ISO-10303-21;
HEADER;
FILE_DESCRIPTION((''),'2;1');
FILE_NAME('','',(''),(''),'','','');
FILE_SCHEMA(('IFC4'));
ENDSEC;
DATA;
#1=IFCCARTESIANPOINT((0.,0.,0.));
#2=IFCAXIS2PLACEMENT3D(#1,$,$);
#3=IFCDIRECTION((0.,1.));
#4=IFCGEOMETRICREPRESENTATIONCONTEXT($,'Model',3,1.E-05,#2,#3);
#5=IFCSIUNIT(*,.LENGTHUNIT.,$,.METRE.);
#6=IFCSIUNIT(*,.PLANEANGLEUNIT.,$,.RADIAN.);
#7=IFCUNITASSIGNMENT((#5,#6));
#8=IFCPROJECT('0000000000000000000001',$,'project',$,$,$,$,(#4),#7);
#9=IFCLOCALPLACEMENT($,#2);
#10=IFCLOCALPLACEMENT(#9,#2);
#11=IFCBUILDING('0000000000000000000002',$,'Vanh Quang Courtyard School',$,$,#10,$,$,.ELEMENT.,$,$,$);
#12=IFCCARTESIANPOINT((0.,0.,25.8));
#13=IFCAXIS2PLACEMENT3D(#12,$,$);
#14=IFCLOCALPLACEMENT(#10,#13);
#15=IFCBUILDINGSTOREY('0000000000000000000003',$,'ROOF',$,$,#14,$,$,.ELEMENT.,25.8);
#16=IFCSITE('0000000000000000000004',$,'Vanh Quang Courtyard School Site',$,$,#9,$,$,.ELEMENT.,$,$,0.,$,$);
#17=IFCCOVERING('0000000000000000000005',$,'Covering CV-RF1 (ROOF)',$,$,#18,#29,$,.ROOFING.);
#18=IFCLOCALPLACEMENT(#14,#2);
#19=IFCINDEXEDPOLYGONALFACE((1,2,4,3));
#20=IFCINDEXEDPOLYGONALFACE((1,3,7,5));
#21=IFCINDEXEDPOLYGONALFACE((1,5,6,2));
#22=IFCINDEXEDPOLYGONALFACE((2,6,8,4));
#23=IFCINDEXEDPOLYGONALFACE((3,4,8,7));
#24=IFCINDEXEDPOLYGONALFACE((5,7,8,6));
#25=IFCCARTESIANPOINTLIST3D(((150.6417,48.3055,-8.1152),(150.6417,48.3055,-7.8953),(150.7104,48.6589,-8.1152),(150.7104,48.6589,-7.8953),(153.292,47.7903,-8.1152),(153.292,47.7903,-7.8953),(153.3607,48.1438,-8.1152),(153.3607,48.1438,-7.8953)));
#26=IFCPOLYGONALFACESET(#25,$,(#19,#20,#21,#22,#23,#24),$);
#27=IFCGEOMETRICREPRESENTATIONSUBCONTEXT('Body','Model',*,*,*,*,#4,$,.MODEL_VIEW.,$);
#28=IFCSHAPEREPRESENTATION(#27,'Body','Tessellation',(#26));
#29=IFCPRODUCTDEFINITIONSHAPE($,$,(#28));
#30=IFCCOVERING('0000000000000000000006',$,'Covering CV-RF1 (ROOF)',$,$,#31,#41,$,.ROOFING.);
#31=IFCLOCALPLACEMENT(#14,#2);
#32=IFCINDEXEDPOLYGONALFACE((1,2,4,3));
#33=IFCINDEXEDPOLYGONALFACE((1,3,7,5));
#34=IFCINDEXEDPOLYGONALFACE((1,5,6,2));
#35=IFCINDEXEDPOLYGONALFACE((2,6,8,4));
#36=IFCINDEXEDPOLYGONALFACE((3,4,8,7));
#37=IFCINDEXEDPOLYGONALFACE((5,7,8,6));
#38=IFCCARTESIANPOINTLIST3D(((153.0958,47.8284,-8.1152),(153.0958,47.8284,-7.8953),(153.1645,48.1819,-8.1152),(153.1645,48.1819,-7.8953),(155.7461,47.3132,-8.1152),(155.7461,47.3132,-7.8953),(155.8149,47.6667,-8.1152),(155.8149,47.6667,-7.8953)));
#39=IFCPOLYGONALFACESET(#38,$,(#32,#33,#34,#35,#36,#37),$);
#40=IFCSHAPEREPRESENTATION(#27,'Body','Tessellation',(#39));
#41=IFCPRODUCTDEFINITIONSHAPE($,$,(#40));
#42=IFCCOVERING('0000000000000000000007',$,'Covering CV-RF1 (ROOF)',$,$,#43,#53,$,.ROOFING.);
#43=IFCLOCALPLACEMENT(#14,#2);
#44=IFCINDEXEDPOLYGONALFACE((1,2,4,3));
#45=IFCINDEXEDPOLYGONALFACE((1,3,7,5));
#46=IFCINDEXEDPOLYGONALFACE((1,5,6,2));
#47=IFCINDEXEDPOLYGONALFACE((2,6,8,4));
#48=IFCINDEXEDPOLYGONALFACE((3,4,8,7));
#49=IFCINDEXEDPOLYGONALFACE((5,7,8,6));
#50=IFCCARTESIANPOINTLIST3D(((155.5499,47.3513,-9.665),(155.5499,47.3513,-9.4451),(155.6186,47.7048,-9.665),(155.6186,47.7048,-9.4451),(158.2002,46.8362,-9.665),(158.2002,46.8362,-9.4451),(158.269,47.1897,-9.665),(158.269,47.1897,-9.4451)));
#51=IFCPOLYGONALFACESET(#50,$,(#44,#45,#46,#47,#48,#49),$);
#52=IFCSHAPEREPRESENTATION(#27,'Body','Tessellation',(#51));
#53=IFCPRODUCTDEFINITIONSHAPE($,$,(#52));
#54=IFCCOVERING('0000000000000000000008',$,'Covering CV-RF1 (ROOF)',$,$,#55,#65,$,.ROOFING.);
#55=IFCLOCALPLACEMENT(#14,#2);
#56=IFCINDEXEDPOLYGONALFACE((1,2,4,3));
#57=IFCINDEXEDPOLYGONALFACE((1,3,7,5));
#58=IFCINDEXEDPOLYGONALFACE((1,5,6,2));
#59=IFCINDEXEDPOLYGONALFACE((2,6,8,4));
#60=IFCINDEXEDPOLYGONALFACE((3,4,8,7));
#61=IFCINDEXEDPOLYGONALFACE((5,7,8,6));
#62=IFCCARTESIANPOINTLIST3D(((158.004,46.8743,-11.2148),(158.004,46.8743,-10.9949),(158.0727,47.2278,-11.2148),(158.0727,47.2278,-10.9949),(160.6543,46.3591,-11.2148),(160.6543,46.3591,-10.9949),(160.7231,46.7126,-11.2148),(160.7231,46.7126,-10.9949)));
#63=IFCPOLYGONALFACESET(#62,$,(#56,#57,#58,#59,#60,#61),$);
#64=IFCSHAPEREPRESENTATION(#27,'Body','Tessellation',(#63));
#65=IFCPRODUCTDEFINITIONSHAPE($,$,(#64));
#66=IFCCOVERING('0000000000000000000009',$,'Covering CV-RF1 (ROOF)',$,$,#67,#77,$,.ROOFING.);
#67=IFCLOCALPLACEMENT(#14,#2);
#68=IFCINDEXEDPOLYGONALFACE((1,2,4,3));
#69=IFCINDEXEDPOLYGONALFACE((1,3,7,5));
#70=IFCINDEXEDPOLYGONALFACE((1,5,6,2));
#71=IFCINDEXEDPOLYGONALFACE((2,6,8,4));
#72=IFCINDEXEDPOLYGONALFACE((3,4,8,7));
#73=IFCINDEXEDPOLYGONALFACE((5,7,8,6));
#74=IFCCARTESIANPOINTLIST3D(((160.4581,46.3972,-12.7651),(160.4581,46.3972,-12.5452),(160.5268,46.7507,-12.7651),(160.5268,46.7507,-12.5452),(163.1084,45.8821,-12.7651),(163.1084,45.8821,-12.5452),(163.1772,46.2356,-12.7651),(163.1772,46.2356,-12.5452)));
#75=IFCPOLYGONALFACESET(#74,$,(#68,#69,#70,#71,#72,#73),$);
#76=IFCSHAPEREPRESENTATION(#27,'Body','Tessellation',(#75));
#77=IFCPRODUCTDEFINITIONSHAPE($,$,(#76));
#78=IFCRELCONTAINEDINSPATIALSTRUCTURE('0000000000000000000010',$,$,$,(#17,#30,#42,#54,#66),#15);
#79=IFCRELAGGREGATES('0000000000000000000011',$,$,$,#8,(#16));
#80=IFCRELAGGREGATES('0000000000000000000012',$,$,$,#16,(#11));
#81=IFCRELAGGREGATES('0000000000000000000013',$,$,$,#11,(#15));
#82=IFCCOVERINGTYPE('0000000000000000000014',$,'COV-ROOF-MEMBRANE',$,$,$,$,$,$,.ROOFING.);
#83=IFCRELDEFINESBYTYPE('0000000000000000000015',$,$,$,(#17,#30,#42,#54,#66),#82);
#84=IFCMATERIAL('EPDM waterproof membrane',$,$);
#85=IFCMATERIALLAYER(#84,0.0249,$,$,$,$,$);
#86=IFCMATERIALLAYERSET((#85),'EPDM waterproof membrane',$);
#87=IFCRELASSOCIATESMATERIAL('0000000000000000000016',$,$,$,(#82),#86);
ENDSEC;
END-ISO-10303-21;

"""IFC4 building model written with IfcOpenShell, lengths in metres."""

from ifc_helpers import new_model, si_unit, direction, frame, origin, origin_2d, place, context, subcontext, project, spatial, rectangle, extrude, material, layer, layer_set, type_object, element, save


model = new_model("IFC4")

# Units and contexts
model_context = context("Model", 3, precision=1e-05, world=origin(), true_north=direction((0.0, 1.0)))
body_context = subcontext(model_context, "Body", "Model", "MODEL_VIEW")
ifc_project = project(units=[si_unit("LENGTHUNIT", "METRE"), si_unit("PLANEANGLEUNIT", "RADIAN")], contexts=[model_context])

# Site, building, storey
site_placement = place(None, origin())
site = spatial("IfcSite", under=ifc_project, at=site_placement, Name="Vanh Quang Courtyard School Site", CompositionType="ELEMENT", RefElevation=0.0)
building_placement = place(site_placement, origin())
building = spatial("IfcBuilding", under=site, at=building_placement, Name="Vanh Quang Courtyard School", CompositionType="ELEMENT")
storey_placement = place(building_placement, frame((0.0, 0.0, 25.8)))
storey = spatial("IfcBuildingStorey", under=building, at=storey_placement, Name="ROOF", CompositionType="ELEMENT", Elevation=25.8)

# Coverings
ifc_material_1 = material(Name="EPDM waterproof membrane")
ifc_layer_1 = layer(ifc_material_1, 0.0249)
ifc_layer_set_1 = layer_set([ifc_layer_1], Name="EPDM waterproof membrane")
covering_type = type_object("IfcCoveringType", Name="COV-ROOF-MEMBRANE", PredefinedType="ROOFING", material=ifc_layer_set_1)
for number, where, z_axis, x_axis, name in (
    (1, (152.0012, 48.2246, -8.1152), (0.0, 0.0, 1.0), (0.981627, -0.190809, 0.0), "Covering CV-RF1 (ROOF)"),
    (2, (154.4553, 47.7476, -8.1152), (0.0, 0.0, 1.0), (0.981627, -0.190809, 0.0), "Covering CV-RF1 (ROOF)"),
    (3, (156.9094, 47.2705, -9.665), (0.0, 0.0, 1.0), (0.981627, -0.190809, 0.0), "Covering CV-RF1 (ROOF)"),
    (4, (159.3635, 46.7935, -11.2148), (0.0, 0.0, 1.0), (0.981627, -0.190809, 0.0), "Covering CV-RF1 (ROOF)"),
    (5, (161.8176, 46.3164, -12.7651), (0.0, 0.0, 1.0), (0.981627, -0.190809, 0.0), "Covering CV-RF1 (ROOF)"),
):
    element("IfcCovering", number, at=place(storey_placement, frame(where, z_axis=z_axis, x_axis=x_axis)), inside=storey, type_object=covering_type, Name=name, PredefinedType="ROOFING", context=body_context, shape_type="SweptSolid", body=[
        extrude(rectangle(XDim=2.7, YDim=0.3601, at=origin_2d()), origin(), (0.0, 0.0, 1.0), 0.22),
    ])

save(model, "model.ifc")
